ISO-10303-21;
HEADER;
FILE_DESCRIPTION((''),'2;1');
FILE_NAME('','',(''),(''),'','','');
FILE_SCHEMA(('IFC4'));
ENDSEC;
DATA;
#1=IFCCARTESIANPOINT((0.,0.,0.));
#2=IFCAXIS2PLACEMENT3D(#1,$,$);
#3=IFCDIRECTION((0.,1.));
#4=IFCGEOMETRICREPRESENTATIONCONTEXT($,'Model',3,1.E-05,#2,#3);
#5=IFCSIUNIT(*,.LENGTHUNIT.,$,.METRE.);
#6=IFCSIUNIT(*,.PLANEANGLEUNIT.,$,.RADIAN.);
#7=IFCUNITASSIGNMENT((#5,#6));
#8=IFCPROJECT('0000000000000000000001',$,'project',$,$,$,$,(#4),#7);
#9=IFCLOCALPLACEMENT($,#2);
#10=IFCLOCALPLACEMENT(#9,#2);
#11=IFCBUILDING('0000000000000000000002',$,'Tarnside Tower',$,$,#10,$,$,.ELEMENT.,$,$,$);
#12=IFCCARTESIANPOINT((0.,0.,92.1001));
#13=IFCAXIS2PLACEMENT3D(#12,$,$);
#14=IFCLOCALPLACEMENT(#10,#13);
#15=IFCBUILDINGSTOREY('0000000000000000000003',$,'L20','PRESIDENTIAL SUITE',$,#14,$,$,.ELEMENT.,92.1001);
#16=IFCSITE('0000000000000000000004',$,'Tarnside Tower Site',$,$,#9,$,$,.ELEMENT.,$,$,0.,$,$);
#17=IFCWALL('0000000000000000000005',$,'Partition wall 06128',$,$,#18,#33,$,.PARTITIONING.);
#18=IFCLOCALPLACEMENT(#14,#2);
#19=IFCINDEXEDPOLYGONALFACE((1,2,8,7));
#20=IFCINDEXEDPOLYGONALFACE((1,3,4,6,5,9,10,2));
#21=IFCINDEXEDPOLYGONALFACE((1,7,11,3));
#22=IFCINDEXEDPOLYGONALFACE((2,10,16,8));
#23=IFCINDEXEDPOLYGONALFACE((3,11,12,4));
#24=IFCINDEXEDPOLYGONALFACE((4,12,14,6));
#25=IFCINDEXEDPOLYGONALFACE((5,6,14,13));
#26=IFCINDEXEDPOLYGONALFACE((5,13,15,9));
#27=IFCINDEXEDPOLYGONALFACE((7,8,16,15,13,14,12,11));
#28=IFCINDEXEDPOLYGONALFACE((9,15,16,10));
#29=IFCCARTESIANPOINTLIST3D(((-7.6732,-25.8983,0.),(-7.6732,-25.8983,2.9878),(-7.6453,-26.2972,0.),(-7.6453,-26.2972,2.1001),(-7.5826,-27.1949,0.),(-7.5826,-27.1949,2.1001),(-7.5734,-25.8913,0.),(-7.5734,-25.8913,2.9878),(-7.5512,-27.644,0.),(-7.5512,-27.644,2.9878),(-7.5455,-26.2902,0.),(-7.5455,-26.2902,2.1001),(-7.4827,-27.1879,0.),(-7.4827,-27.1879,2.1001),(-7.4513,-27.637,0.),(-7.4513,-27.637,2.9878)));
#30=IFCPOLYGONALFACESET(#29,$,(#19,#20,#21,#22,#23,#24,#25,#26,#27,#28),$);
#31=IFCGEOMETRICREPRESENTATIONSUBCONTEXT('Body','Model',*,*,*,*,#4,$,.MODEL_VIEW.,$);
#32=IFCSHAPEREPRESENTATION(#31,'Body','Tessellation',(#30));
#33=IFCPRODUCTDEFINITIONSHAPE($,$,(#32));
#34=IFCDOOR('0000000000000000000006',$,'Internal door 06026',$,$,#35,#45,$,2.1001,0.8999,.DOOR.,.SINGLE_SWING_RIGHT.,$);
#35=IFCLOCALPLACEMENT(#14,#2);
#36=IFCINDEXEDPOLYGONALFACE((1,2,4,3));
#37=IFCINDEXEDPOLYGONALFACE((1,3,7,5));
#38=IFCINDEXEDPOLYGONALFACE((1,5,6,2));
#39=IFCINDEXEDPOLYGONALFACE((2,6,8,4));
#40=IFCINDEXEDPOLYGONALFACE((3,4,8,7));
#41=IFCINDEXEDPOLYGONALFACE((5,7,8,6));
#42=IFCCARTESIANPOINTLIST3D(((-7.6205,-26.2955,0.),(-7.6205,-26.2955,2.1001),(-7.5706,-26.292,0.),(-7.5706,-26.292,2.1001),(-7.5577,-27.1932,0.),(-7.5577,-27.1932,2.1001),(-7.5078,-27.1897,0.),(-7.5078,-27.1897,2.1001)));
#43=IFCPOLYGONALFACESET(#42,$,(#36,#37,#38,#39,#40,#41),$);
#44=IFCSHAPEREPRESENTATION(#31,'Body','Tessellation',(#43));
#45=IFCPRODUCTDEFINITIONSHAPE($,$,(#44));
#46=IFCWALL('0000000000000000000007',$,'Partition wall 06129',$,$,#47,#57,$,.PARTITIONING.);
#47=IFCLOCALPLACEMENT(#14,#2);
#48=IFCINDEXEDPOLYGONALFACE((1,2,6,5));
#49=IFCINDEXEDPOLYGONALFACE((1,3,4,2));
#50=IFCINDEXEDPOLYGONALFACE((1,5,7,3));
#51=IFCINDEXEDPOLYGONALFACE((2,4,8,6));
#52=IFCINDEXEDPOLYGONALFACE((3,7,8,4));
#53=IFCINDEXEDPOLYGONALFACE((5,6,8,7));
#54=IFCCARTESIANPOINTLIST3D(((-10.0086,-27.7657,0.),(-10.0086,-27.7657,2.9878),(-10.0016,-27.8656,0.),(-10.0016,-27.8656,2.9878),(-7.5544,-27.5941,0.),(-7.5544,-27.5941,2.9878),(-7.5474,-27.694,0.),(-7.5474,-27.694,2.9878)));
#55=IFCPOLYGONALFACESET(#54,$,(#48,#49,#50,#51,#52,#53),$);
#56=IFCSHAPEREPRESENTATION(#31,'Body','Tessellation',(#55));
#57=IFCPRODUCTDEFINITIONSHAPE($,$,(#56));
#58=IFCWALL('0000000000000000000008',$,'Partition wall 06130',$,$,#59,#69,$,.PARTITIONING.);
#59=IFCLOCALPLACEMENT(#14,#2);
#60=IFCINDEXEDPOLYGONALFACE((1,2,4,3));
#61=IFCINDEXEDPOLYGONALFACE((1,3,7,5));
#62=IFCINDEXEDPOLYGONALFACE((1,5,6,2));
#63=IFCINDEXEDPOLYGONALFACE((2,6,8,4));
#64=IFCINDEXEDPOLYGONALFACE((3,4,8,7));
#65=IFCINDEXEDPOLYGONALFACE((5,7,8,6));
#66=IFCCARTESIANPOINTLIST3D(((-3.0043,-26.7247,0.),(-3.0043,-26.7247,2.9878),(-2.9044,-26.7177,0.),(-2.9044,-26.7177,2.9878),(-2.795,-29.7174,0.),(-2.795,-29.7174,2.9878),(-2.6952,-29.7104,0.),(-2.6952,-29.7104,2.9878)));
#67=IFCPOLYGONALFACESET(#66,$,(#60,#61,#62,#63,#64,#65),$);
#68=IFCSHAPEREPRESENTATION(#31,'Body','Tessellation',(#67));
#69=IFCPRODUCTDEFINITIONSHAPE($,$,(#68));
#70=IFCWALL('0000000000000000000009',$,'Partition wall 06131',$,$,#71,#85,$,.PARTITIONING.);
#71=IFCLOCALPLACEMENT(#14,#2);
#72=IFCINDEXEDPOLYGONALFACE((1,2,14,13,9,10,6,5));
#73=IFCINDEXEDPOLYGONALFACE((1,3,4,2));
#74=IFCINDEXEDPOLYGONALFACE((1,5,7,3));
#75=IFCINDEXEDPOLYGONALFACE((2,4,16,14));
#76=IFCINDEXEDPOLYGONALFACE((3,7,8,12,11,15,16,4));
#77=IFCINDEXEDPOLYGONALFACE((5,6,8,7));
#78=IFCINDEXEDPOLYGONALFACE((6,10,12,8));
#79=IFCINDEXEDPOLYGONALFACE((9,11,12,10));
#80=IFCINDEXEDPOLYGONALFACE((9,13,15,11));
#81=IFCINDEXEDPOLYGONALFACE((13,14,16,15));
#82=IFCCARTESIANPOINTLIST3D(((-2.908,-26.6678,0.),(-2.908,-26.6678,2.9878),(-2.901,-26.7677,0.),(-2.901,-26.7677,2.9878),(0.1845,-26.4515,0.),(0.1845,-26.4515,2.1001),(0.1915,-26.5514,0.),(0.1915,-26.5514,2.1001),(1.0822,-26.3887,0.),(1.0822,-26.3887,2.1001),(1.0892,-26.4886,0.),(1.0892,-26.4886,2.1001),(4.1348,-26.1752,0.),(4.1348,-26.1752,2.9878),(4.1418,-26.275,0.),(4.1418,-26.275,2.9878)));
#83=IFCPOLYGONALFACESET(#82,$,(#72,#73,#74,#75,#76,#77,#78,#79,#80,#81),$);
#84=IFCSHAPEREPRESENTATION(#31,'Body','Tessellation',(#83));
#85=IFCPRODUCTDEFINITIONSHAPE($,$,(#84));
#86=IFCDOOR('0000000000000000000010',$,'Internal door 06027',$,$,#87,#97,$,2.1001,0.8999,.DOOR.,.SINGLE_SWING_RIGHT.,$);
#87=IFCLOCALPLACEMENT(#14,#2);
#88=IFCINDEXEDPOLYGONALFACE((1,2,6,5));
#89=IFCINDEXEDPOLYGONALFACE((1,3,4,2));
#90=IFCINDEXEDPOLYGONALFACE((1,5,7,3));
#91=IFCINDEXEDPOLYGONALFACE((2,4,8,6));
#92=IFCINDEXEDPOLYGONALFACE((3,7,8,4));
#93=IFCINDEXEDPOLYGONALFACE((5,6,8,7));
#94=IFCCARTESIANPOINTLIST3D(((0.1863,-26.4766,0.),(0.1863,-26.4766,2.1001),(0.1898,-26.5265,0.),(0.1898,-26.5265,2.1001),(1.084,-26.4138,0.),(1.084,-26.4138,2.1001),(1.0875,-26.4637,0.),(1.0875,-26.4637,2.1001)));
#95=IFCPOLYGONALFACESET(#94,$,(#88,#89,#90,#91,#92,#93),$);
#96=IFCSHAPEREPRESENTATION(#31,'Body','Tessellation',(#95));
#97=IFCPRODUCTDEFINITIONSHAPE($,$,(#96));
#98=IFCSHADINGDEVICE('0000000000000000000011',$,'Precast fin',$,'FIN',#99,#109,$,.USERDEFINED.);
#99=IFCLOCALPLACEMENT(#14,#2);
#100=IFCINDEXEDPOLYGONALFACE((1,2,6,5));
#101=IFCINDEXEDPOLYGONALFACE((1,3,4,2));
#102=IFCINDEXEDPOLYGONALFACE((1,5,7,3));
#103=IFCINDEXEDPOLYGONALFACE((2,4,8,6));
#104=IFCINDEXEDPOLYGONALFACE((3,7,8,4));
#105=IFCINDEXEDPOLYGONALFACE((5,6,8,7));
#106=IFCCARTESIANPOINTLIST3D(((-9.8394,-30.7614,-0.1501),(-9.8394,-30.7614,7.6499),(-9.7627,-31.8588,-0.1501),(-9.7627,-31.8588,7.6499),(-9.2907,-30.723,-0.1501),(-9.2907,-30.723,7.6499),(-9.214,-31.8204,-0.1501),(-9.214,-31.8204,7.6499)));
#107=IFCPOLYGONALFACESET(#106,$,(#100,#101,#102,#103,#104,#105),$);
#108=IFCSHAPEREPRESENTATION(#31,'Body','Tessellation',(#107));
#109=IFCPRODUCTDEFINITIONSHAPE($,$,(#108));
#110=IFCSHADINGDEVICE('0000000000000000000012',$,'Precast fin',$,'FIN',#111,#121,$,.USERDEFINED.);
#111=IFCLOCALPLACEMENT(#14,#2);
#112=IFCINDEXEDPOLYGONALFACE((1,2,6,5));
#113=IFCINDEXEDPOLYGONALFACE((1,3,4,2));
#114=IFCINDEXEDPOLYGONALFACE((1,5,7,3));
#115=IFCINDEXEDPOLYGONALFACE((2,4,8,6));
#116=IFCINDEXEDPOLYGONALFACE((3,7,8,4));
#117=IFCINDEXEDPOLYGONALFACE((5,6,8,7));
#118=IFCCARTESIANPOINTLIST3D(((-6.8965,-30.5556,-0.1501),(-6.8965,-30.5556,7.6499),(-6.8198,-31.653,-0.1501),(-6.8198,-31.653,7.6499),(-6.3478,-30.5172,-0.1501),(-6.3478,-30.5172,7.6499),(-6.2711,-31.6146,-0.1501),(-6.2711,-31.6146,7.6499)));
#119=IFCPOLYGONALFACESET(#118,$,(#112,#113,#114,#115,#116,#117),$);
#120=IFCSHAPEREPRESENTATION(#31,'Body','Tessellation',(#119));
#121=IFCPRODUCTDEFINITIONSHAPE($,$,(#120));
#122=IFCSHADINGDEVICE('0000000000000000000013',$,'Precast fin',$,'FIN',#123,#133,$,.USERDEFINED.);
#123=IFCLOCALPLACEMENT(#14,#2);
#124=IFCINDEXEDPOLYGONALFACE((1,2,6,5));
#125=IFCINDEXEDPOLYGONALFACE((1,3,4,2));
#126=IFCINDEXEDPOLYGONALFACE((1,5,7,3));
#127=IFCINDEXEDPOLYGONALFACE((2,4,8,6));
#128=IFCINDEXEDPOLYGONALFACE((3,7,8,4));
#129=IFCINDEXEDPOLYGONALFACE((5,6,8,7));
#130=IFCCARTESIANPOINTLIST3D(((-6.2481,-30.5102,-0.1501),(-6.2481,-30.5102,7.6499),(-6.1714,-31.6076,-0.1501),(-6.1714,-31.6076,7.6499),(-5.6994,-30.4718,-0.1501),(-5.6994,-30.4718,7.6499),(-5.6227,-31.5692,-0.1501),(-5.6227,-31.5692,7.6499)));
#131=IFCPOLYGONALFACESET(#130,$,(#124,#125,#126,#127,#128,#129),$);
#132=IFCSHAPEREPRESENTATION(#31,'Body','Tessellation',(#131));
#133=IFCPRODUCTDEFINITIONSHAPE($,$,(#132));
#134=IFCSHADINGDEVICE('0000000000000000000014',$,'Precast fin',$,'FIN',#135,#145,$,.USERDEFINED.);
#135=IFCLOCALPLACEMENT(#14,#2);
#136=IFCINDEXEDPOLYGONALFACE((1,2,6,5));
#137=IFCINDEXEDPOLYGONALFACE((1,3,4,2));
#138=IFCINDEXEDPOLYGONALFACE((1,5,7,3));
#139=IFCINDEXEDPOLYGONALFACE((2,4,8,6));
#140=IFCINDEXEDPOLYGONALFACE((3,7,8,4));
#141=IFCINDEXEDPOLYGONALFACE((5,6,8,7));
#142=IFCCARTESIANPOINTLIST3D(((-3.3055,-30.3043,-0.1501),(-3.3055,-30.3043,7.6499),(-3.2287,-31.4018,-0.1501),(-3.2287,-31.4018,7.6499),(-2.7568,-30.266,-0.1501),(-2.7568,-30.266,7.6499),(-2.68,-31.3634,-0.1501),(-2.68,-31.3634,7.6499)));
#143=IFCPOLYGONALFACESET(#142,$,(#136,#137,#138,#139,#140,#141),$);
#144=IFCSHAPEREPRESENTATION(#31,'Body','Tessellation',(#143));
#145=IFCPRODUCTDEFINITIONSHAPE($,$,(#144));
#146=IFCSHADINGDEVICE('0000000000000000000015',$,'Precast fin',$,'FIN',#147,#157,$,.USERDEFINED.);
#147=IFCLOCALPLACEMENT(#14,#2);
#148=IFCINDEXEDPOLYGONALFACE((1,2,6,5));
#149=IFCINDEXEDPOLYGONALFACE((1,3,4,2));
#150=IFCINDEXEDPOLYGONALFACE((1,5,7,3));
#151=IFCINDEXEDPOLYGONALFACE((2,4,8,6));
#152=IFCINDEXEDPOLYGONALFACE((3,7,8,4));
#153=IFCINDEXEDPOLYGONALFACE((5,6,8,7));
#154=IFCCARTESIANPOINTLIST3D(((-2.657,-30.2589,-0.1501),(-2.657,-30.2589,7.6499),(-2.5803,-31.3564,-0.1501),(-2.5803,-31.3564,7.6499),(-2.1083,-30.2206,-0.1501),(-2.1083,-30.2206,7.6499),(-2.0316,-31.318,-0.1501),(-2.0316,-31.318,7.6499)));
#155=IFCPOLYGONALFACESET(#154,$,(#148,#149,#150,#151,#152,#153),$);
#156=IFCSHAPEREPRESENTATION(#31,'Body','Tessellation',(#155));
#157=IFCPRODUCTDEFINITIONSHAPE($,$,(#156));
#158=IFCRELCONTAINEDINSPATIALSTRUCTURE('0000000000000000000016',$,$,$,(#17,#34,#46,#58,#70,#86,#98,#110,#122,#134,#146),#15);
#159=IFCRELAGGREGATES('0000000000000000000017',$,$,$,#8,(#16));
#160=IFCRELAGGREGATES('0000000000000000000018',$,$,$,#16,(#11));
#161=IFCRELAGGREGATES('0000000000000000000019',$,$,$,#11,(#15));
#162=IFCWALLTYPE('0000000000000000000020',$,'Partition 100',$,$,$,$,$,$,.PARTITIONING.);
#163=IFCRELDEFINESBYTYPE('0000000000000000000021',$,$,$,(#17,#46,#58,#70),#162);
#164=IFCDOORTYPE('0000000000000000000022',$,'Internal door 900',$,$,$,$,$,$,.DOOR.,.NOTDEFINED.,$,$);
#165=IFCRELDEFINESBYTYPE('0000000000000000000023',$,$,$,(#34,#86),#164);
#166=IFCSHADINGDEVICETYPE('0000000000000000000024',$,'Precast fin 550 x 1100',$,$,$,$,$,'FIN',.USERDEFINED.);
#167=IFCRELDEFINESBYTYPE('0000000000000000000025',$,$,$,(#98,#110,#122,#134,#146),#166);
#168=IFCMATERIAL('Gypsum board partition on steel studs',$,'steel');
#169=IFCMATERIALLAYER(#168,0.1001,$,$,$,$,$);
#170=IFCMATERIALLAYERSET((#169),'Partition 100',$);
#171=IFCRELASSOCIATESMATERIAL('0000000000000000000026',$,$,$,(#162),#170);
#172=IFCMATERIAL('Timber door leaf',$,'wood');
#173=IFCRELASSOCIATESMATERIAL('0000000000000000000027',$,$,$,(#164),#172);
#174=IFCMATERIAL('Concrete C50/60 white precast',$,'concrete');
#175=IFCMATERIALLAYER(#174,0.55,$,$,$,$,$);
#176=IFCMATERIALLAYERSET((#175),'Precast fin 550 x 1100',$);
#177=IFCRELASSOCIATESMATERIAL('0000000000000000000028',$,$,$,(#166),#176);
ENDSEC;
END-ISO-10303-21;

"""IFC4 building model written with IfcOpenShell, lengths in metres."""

from ifc_helpers import new_model, si_unit, direction, frame, frame_2d, origin, place, context, subcontext, project, spatial, polyline, rectangle, outline, extrude, material, layer, layer_set, type_object, element, fill, save


model = new_model("IFC4")

# Units and contexts
model_context = context("Model", 3, precision=1e-05, world=origin(), true_north=direction((0.0, 1.0)))
body_context = subcontext(model_context, "Body", "Model", "MODEL_VIEW")
ifc_project = project(units=[si_unit("LENGTHUNIT", "METRE"), si_unit("PLANEANGLEUNIT", "RADIAN")], contexts=[model_context])

# Site, building, storey
site_placement = place(None, origin())
site = spatial("IfcSite", under=ifc_project, at=site_placement, Name="Tarnside Tower Site", CompositionType="ELEMENT", RefElevation=0.0)
building_placement = place(site_placement, origin())
building = spatial("IfcBuilding", under=site, at=building_placement, Name="Tarnside Tower", CompositionType="ELEMENT")
storey_placement = place(building_placement, frame((0.0, 0.0, 92.1001)))
storey = spatial("IfcBuildingStorey", under=building, at=storey_placement, Name="L20", Description="PRESIDENTIAL SUITE", CompositionType="ELEMENT", Elevation=92.1001)

# Wall, opening, door
ifc_material_1 = material(Name="Gypsum board partition on steel studs", Category="steel")
ifc_material_2 = material(Name="Timber door leaf", Category="wood")
ifc_layer_1 = layer(ifc_material_1, 0.1001)
ifc_layer_set_1 = layer_set([ifc_layer_1], Name="Partition 100")
wall_type_1 = type_object("IfcWallType", Name="Partition 100", PredefinedType="PARTITIONING", material=ifc_layer_set_1)
wall_1_placement = place(storey_placement, frame((-7.6233, -25.8948, 0.0), z_axis=(0.0, 0.0, 1.0), x_axis=(0.06975, -0.997565, 0.0)))
wall_1 = element("IfcWall", 1, at=wall_1_placement, inside=storey, type_object=wall_type_1, Name="Partition wall 06128", PredefinedType="PARTITIONING", context=body_context, shape_type="SweptSolid", body=[
    extrude(rectangle(XDim=1.75, YDim=0.1001, at=frame_2d((0.875, 0.0))), origin(), (0.0, 0.0, 1.0), 2.9878),
])
opening_1_placement = place(wall_1_placement, frame((0.3999, 0.0, 0.0)))
opening_1 = element("IfcOpeningElement", 2, at=opening_1_placement, cuts=wall_1, PredefinedType="OPENING", context=body_context, shape_type="SweptSolid", body=[
    extrude(rectangle(XDim=0.8999, YDim=2.1001, at=frame_2d((0.45, 1.05))), frame((0.0, 0.0601, 0.0), z_axis=(0.0, -1.0, 0.0), x_axis=(1.0, 0.0, 0.0)), (0.0, 0.0, 1.0), 0.1201),
])
door_type_1 = type_object("IfcDoorType", Name="Internal door 900", OperationType="NOTDEFINED", PredefinedType="DOOR", material=ifc_material_2)
door_1_placement = place(opening_1_placement, origin())
door_1 = element("IfcDoor", 3, at=door_1_placement, inside=storey, type_object=door_type_1, Name="Internal door 06026", OperationType="SINGLE_SWING_RIGHT", OverallHeight=2.1001, OverallWidth=0.8999, PredefinedType="DOOR", context=body_context, shape_type="SweptSolid", body=[
    extrude(rectangle(XDim=0.8999, YDim=2.1001, at=frame_2d((0.45, 1.05))), frame((0.0, 0.0249, 0.0), z_axis=(0.0, -1.0, 0.0), x_axis=(1.0, 0.0, 0.0)), (0.0, 0.0, 1.0), 0.05),
])
fill(opening_1, door_1)

# Walls
wall_2_placement = place(storey_placement, frame((-7.551, -27.644, 0.0), z_axis=(0.0, 0.0, 1.0), x_axis=(-0.997563, -0.069766, 0.0)))
element("IfcWall", 4, at=wall_2_placement, inside=storey, type_object=wall_type_1, Name="Partition wall 06129", PredefinedType="PARTITIONING", context=body_context, shape_type="SweptSolid", body=[
    extrude(rectangle(XDim=2.4602, YDim=0.1001, at=frame_2d((1.23, 0.0))), origin(), (0.0, 0.0, 1.0), 2.9878),
])
wall_3_placement = place(storey_placement, frame((-2.7451, -29.7139, 0.0), z_axis=(0.0, 0.0, 1.0), x_axis=(-0.069743, 0.997565, 0.0)))
element("IfcWall", 5, at=wall_3_placement, inside=storey, type_object=wall_type_1, Name="Partition wall 06130", PredefinedType="PARTITIONING", context=body_context, shape_type="SweptSolid", body=[
    extrude(rectangle(XDim=3.0, YDim=0.1001, at=frame_2d((1.5, 0.0))), origin(), (0.0, 0.0, 1.0), 2.9878),
])

# Wall, opening, door
wall_4_placement = place(storey_placement, frame((-2.9045, -26.7178, 0.0), z_axis=(0.0, 0.0, 1.0), x_axis=(0.997562, 0.069782, 0.0)))
wall_4 = element("IfcWall", 6, at=wall_4_placement, inside=storey, type_object=wall_type_1, Name="Partition wall 06131", PredefinedType="PARTITIONING", context=body_context, shape_type="SweptSolid", body=[
    extrude(rectangle(XDim=7.0601, YDim=0.1001, at=frame_2d((3.53, 0.0))), origin(), (0.0, 0.0, 1.0), 2.9878),
])
opening_2_placement = place(wall_4_placement, frame((3.1001, 0.0, 0.0)))
opening_2 = element("IfcOpeningElement", 7, at=opening_2_placement, cuts=wall_4, PredefinedType="OPENING", context=body_context, shape_type="SweptSolid", body=[
    extrude(rectangle(XDim=0.8999, YDim=2.1001, at=frame_2d((0.45, 1.05))), frame((0.0, 0.0601, 0.0), z_axis=(0.0, -1.0, 0.0), x_axis=(1.0, 0.0, 0.0)), (0.0, 0.0, 1.0), 0.1201),
])
door_2_placement = place(opening_2_placement, origin())
door_2 = element("IfcDoor", 8, at=door_2_placement, inside=storey, type_object=door_type_1, Name="Internal door 06027", OperationType="SINGLE_SWING_RIGHT", OverallHeight=2.1001, OverallWidth=0.8999, PredefinedType="DOOR", context=body_context, shape_type="SweptSolid", body=[
    extrude(rectangle(XDim=0.8999, YDim=2.1001, at=frame_2d((0.45, 1.05))), frame((0.0, 0.0249, 0.0), z_axis=(0.0, -1.0, 0.0), x_axis=(1.0, 0.0, 0.0)), (0.0, 0.0, 1.0), 0.05),
])
fill(opening_2, door_2)

# Shading devices
ifc_material_3 = material(Name="Concrete C50/60 white precast", Category="concrete")
ifc_layer_2 = layer(ifc_material_3, 0.55)
ifc_layer_set_2 = layer_set([ifc_layer_2], Name="Precast fin 550 x 1100")
shading_device_type = type_object("IfcShadingDeviceType", Name="Precast fin 550 x 1100", ElementType="FIN", PredefinedType="USERDEFINED", material=ifc_layer_set_2)
for number, where, z_axis, x_axis, name in (
    (9, (-9.5649, -30.7422, -0.1501), (-0.997564, -0.069756, 0.0), (0.069756, -0.997564, 0.0), "Precast fin"),
    (10, (-6.6221, -30.5364, -0.1501), (-0.997564, -0.069756, 0.0), (0.069756, -0.997564, 0.0), "Precast fin"),
    (11, (-5.9736, -30.491, -0.1501), (-0.997564, -0.069756, 0.0), (0.069756, -0.997564, 0.0), "Precast fin"),
    (12, (-3.031, -30.2852, -0.1501), (-0.997564, -0.069756, 0.0), (0.069756, -0.997564, 0.0), "Precast fin"),
    (13, (-2.3826, -30.2397, -0.1501), (-0.997564, -0.069756, 0.0), (0.069756, -0.997564, 0.0), "Precast fin"),
):
    element("IfcShadingDevice", number, at=place(storey_placement, frame(where, z_axis=z_axis, x_axis=x_axis)), inside=storey, type_object=shading_device_type, Name=name, ObjectType="FIN", PredefinedType="USERDEFINED", context=body_context, shape_type="SweptSolid", body=[
        extrude(outline(polyline([(0.0, 0.0), (1.1001, 0.0), (1.1001, 7.8), (0.0, 7.8), (0.0, 0.0)])), frame((0.0, 0.0, -0.2749)), (0.0, 0.0, 1.0), 0.55),
    ])

save(model, "model.ifc")
